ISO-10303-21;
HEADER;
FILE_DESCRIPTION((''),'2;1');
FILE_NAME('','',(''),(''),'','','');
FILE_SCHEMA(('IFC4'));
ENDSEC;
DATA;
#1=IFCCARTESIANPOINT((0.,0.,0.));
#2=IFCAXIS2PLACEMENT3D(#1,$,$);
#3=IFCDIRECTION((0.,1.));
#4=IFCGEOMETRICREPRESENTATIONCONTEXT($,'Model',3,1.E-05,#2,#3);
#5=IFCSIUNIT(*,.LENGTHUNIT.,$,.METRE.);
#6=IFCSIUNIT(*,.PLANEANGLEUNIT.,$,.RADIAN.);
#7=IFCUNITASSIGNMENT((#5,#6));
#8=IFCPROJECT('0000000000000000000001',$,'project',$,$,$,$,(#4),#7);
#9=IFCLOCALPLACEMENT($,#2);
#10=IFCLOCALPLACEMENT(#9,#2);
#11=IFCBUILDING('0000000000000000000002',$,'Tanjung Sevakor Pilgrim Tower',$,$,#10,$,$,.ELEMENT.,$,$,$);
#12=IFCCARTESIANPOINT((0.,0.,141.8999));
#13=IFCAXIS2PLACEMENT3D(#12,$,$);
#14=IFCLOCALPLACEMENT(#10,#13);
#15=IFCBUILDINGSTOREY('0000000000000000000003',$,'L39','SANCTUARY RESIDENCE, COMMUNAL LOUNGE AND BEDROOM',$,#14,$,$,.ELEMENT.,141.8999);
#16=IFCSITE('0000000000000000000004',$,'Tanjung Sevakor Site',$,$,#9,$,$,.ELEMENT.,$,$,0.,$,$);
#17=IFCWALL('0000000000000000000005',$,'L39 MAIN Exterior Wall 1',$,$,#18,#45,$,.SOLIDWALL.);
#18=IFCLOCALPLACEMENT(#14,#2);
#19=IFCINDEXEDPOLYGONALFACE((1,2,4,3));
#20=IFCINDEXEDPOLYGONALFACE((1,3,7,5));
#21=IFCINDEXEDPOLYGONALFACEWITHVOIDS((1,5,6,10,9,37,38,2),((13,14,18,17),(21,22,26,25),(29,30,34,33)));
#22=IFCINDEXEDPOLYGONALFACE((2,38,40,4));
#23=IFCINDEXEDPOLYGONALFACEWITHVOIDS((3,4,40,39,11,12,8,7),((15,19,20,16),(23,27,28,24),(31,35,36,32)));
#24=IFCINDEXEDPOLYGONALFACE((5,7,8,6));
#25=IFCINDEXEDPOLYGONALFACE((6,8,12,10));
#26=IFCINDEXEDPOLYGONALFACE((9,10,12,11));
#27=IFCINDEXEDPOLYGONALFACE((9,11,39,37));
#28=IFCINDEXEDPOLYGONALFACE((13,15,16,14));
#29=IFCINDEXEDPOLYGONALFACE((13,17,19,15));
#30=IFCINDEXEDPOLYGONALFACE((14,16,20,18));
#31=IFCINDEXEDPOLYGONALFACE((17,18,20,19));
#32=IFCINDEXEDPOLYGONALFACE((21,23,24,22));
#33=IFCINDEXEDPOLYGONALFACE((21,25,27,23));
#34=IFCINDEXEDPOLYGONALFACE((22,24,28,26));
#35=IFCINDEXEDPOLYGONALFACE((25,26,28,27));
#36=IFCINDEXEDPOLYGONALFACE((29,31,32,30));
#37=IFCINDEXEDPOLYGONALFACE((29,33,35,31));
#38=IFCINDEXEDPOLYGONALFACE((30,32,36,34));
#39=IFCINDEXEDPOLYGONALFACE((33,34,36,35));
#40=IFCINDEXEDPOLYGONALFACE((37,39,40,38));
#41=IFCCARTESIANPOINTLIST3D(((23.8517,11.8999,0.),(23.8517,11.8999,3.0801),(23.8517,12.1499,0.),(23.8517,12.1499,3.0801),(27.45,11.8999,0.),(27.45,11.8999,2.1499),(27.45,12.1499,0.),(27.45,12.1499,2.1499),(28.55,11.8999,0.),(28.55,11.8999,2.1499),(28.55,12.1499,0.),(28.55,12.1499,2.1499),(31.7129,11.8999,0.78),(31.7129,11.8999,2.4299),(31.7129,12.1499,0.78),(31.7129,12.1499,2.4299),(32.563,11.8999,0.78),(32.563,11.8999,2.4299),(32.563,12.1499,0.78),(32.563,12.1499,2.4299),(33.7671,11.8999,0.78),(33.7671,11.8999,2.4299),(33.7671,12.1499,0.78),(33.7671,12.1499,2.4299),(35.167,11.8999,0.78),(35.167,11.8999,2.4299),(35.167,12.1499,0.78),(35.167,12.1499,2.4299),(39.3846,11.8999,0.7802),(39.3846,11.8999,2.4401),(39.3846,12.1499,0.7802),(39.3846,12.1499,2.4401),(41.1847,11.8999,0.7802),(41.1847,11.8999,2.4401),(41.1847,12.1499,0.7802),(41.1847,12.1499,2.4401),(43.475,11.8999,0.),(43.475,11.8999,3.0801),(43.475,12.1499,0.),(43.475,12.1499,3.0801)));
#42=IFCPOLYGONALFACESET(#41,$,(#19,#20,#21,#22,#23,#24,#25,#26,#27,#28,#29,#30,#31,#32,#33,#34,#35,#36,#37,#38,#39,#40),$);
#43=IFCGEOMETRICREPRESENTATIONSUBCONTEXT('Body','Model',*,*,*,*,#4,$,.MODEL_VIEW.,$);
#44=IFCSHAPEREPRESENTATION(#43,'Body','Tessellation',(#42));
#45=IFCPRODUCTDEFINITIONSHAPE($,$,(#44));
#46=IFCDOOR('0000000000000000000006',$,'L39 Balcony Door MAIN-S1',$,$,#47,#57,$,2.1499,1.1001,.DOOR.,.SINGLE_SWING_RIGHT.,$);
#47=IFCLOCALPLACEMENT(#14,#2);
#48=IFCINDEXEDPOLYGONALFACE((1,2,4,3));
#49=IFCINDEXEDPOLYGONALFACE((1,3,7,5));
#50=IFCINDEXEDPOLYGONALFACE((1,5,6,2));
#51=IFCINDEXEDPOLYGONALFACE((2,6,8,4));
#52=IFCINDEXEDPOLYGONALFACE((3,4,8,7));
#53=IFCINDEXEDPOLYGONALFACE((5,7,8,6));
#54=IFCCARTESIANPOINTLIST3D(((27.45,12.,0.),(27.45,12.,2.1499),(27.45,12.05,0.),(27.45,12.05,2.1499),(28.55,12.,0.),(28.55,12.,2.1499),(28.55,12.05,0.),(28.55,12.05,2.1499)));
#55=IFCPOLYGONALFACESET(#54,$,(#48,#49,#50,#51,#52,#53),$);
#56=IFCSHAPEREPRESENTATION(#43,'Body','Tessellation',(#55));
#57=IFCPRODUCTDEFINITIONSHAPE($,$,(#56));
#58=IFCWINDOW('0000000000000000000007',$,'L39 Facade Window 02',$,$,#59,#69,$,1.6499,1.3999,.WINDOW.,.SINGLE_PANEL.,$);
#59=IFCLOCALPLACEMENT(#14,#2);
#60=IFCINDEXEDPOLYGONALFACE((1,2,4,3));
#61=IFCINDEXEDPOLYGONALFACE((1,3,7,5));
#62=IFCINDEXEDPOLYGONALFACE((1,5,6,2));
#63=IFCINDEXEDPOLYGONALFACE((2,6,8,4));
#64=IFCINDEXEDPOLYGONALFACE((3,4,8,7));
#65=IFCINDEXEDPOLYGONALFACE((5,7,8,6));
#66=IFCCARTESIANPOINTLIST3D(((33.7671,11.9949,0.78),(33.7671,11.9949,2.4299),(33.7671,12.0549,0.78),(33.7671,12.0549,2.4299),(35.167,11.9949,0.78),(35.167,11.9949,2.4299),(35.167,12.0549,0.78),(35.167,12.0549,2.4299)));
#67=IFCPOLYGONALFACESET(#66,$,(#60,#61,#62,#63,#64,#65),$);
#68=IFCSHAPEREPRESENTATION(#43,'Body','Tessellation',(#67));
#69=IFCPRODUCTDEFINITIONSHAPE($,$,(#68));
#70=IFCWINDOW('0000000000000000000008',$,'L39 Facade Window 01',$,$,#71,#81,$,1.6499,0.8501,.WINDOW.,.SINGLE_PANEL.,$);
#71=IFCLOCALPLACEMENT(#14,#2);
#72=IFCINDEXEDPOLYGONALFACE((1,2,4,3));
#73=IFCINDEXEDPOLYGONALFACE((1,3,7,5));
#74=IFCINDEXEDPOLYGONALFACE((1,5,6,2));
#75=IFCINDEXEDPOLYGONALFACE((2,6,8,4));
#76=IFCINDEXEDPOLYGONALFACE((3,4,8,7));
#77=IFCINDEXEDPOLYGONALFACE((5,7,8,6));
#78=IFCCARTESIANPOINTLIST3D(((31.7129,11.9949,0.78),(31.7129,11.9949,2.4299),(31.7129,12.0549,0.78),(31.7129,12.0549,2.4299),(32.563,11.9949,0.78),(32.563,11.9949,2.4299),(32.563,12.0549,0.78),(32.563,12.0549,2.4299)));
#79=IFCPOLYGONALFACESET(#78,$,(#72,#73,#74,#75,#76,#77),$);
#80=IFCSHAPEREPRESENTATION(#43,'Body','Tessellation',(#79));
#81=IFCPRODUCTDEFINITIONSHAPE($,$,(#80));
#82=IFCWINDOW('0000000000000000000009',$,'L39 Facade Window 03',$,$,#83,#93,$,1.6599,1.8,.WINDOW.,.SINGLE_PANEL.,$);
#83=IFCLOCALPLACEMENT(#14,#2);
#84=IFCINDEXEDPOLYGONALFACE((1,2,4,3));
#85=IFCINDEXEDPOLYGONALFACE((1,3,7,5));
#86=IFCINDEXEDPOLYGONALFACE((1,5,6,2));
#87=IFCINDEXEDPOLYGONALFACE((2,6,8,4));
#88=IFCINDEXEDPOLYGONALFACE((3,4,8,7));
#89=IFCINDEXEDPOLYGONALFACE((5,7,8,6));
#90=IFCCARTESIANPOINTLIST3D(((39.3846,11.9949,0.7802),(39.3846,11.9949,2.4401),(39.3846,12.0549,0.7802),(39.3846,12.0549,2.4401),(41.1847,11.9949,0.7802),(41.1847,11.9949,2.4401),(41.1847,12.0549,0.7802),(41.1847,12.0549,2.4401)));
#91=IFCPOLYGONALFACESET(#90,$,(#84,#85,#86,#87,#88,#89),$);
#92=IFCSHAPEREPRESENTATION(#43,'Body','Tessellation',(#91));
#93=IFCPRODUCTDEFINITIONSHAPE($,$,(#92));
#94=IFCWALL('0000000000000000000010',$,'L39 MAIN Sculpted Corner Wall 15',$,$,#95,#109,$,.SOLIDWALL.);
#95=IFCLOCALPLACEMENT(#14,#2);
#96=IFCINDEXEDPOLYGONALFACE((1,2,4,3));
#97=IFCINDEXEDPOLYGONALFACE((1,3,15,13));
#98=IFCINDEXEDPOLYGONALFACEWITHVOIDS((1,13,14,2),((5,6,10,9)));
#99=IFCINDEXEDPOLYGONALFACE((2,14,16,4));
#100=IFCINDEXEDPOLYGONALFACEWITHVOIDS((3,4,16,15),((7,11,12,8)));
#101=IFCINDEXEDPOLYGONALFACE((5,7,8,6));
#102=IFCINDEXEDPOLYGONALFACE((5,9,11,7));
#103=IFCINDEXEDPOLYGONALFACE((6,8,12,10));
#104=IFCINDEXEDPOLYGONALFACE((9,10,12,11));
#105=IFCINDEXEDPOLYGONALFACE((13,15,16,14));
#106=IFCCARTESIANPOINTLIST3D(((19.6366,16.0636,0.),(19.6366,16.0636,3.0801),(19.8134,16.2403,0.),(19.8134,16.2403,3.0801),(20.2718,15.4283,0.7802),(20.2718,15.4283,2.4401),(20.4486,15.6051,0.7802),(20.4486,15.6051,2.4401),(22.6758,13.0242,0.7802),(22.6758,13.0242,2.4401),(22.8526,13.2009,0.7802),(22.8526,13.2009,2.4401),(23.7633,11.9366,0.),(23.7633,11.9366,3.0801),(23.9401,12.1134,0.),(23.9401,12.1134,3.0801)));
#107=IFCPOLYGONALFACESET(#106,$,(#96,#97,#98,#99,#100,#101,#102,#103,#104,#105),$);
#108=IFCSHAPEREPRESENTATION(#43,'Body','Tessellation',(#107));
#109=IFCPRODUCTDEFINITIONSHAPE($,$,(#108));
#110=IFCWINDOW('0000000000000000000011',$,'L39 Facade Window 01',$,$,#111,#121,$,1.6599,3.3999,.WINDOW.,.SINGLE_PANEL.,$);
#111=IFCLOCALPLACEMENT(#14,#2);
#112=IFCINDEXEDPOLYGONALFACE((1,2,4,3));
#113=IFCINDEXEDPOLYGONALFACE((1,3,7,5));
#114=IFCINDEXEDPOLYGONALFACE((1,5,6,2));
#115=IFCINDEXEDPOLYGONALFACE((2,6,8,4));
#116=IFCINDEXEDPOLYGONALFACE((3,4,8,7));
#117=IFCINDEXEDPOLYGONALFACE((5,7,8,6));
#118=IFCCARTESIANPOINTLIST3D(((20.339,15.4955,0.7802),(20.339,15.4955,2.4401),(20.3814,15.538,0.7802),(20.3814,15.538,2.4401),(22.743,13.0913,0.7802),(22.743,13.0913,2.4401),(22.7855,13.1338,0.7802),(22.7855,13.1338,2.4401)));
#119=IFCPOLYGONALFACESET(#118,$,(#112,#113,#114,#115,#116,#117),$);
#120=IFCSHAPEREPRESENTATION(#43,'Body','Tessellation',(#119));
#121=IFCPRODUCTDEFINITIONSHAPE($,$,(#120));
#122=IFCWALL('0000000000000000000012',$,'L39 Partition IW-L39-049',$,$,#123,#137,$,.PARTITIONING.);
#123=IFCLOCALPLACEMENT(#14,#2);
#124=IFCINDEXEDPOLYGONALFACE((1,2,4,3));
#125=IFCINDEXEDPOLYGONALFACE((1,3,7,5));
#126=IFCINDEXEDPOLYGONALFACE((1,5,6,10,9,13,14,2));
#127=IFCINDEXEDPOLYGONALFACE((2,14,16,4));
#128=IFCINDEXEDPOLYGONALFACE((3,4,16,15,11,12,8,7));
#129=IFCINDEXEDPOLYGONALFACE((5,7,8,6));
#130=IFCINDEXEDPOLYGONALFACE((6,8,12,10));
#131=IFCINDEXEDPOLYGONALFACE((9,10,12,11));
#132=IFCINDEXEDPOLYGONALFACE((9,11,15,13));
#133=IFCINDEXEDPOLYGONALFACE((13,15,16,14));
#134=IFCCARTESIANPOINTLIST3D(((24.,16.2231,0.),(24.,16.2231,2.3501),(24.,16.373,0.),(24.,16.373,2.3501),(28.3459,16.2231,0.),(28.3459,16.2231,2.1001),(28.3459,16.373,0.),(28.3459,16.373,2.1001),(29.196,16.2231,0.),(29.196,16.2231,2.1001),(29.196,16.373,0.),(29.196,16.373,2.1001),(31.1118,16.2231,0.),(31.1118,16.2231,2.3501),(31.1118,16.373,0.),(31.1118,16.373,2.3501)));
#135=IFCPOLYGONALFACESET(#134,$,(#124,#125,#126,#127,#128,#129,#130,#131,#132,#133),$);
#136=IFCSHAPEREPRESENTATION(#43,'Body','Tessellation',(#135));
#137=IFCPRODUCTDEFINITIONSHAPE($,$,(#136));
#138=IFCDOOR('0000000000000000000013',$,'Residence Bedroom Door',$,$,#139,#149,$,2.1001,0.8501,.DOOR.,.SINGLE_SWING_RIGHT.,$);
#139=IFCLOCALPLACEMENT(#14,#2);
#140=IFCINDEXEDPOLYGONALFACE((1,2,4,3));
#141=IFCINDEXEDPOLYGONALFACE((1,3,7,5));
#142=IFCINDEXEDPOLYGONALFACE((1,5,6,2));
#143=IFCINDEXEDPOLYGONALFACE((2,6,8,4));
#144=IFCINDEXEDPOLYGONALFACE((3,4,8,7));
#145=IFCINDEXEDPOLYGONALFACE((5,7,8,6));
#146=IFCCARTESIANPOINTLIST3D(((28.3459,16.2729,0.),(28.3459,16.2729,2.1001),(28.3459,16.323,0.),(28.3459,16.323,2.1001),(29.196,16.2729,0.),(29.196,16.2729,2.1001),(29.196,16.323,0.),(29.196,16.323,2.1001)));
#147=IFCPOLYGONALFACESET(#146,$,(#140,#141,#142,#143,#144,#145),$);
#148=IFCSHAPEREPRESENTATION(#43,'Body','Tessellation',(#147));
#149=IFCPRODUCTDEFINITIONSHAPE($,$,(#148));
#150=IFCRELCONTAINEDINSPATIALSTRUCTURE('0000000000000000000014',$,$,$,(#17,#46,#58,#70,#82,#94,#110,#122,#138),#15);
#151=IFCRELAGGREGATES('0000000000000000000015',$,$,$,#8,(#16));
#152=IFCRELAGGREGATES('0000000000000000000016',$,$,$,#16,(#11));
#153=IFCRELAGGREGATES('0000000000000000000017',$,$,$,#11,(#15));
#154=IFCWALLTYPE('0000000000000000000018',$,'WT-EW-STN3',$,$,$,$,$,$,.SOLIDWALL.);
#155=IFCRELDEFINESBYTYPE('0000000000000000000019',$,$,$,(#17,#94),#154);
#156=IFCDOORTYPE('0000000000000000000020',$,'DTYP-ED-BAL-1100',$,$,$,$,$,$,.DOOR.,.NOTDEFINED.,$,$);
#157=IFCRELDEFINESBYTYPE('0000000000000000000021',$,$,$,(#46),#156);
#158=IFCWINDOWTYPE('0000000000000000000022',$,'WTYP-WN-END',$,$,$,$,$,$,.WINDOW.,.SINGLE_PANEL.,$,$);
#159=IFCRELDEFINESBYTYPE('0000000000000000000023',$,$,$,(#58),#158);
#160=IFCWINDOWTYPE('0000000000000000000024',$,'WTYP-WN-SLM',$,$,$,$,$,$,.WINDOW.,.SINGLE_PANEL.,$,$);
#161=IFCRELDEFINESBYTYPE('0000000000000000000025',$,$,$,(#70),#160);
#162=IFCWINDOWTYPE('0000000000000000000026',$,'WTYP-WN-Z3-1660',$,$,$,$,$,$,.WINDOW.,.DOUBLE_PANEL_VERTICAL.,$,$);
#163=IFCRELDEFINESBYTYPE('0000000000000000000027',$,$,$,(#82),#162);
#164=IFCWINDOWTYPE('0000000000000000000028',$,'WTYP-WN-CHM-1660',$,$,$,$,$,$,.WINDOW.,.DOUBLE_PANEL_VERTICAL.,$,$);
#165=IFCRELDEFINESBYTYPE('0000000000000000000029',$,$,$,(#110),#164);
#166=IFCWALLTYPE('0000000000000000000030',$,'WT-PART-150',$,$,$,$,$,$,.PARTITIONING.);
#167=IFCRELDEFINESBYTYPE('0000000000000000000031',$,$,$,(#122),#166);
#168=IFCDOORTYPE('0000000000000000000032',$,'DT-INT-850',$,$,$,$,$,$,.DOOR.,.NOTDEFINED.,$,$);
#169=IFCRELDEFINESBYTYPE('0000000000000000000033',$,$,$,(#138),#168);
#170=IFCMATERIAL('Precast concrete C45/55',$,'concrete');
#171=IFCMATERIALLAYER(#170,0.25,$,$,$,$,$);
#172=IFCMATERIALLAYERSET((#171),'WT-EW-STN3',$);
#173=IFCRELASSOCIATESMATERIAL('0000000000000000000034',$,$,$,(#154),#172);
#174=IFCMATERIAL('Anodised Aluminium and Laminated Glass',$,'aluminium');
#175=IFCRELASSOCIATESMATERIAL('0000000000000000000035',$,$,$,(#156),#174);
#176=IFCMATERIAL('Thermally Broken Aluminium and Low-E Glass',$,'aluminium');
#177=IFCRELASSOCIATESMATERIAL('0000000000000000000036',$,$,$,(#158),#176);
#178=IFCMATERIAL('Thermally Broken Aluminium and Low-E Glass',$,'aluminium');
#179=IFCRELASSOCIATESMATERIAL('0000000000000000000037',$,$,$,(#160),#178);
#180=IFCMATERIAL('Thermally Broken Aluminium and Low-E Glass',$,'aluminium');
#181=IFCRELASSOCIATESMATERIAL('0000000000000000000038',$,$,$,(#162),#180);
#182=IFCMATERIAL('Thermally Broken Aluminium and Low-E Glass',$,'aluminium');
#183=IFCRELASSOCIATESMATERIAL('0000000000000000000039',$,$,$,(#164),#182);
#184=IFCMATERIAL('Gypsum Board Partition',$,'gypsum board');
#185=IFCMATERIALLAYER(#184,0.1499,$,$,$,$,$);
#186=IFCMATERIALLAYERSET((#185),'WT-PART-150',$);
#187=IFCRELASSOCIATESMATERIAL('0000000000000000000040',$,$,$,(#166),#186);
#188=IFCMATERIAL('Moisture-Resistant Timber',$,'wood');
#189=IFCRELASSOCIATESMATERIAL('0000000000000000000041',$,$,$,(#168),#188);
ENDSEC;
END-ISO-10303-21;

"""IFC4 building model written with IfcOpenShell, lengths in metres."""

from ifc_helpers import new_model, si_unit, direction, frame, frame_2d, origin, place, context, subcontext, project, spatial, rectangle, extrude, material, layer, layer_set, type_object, element, fill, save


model = new_model("IFC4")

# Units and contexts
model_context = context("Model", 3, precision=1e-05, world=origin(), true_north=direction((0.0, 1.0)))
body_context = subcontext(model_context, "Body", "Model", "MODEL_VIEW")
ifc_project = project(units=[si_unit("LENGTHUNIT", "METRE"), si_unit("PLANEANGLEUNIT", "RADIAN")], contexts=[model_context])

# Site, building, storey
site_placement = place(None, origin())
site = spatial("IfcSite", under=ifc_project, at=site_placement, Name="Tanjung Sevakor Site", CompositionType="ELEMENT", RefElevation=0.0)
building_placement = place(site_placement, origin())
building = spatial("IfcBuilding", under=site, at=building_placement, Name="Tanjung Sevakor Pilgrim Tower", CompositionType="ELEMENT")
storey_placement = place(building_placement, frame((0.0, 0.0, 141.8999)))
storey = spatial("IfcBuildingStorey", under=building, at=storey_placement, Name="L39", Description="SANCTUARY RESIDENCE, COMMUNAL LOUNGE AND BEDROOM", CompositionType="ELEMENT", Elevation=141.8999)

# Wall, openings, door, windows
ifc_material_1 = material(Name="Precast concrete C45/55", Category="concrete")
ifc_layer_1 = layer(ifc_material_1, 0.25)
ifc_layer_set_1 = layer_set([ifc_layer_1], Name="WT-EW-STN3")
wall_type_1 = type_object("IfcWallType", Name="WT-EW-STN3", PredefinedType="SOLIDWALL", material=ifc_layer_set_1)
wall_1_placement = place(storey_placement, frame((23.8518, 12.0249, 0.0), z_axis=(0.0, 0.0, 1.0), x_axis=(1.0, 0.0, 0.0)))
wall_1 = element("IfcWall", 1, at=wall_1_placement, inside=storey, type_object=wall_type_1, Name="L39 MAIN Exterior Wall 1", PredefinedType="SOLIDWALL", context=body_context, shape_type="SweptSolid", body=[
    extrude(rectangle(XDim=19.6233, YDim=0.25, at=frame_2d((9.8115, 0.0))), origin(), (0.0, 0.0, 1.0), 3.0801),
])
opening_1_placement = place(wall_1_placement, frame((3.5981, 0.0, 0.0)))
opening_1 = element("IfcOpeningElement", 2, at=opening_1_placement, cuts=wall_1, PredefinedType="OPENING", context=body_context, shape_type="SweptSolid", body=[
    extrude(rectangle(XDim=1.1001, YDim=2.1499, at=frame_2d((0.55, 1.075))), frame((0.0, 0.135, 0.0), z_axis=(0.0, -1.0, 0.0), x_axis=(1.0, 0.0, 0.0)), (0.0, 0.0, 1.0), 0.27),
])
opening_2_placement = place(wall_1_placement, frame((7.8611, 0.0, 0.78)))
opening_2 = element("IfcOpeningElement", 3, at=opening_2_placement, cuts=wall_1, PredefinedType="OPENING", context=body_context, shape_type="SweptSolid", body=[
    extrude(rectangle(XDim=0.8501, YDim=1.6499, at=frame_2d((0.425, 0.825))), frame((0.0, 0.135, 0.0), z_axis=(0.0, -1.0, 0.0), x_axis=(1.0, 0.0, 0.0)), (0.0, 0.0, 1.0), 0.27),
])
opening_3_placement = place(wall_1_placement, frame((9.9153, 0.0, 0.78)))
opening_3 = element("IfcOpeningElement", 4, at=opening_3_placement, cuts=wall_1, PredefinedType="OPENING", context=body_context, shape_type="SweptSolid", body=[
    extrude(rectangle(XDim=1.3999, YDim=1.6499, at=frame_2d((0.7, 0.825))), frame((0.0, 0.135, 0.0), z_axis=(0.0, -1.0, 0.0), x_axis=(1.0, 0.0, 0.0)), (0.0, 0.0, 1.0), 0.27),
])
opening_4_placement = place(wall_1_placement, frame((15.533, 0.0, 0.78)))
opening_4 = element("IfcOpeningElement", 5, at=opening_4_placement, cuts=wall_1, PredefinedType="OPENING", context=body_context, shape_type="SweptSolid", body=[
    extrude(rectangle(XDim=1.8, YDim=1.6599, at=frame_2d((0.8999, 0.8301))), frame((0.0, 0.135, 0.0), z_axis=(0.0, -1.0, 0.0), x_axis=(1.0, 0.0, 0.0)), (0.0, 0.0, 1.0), 0.27),
])
ifc_material_2 = material(Name="Anodised Aluminium and Laminated Glass", Category="aluminium")
door_type_1 = type_object("IfcDoorType", Name="DTYP-ED-BAL-1100", OperationType="NOTDEFINED", PredefinedType="DOOR", material=ifc_material_2)
door_1_placement = place(opening_1_placement, frame((1.1001, 0.0, 0.0), z_axis=(0.0, 0.0, 1.0), x_axis=(-1.0, 0.0, 0.0)))
door_1 = element("IfcDoor", 6, at=door_1_placement, inside=storey, type_object=door_type_1, Name="L39 Balcony Door MAIN-S1", OperationType="SINGLE_SWING_RIGHT", OverallHeight=2.1499, OverallWidth=1.1001, PredefinedType="DOOR", context=body_context, shape_type="SweptSolid", body=[
    extrude(rectangle(XDim=1.1001, YDim=2.1499, at=frame_2d((0.55, 1.075))), frame((0.0, 0.0249, 0.0), z_axis=(0.0, -1.0, 0.0), x_axis=(1.0, 0.0, 0.0)), (0.0, 0.0, 1.0), 0.05),
])
fill(opening_1, door_1)
ifc_material_3 = material(Name="Thermally Broken Aluminium and Low-E Glass", Category="aluminium")
window_type_1 = type_object("IfcWindowType", Name="WTYP-WN-END", PartitioningType="SINGLE_PANEL", PredefinedType="WINDOW", material=ifc_material_3)
window_1_placement = place(opening_3_placement, origin())
window_1 = element("IfcWindow", 7, at=window_1_placement, inside=storey, type_object=window_type_1, Name="L39 Facade Window 02", OverallHeight=1.6499, OverallWidth=1.3999, PartitioningType="SINGLE_PANEL", PredefinedType="WINDOW", context=body_context, shape_type="SweptSolid", body=[
    extrude(rectangle(XDim=1.3999, YDim=1.6499, at=frame_2d((0.7, 0.825))), frame((0.0, 0.03, 0.0), z_axis=(0.0, -1.0, 0.0), x_axis=(1.0, 0.0, 0.0)), (0.0, 0.0, 1.0), 0.0601),
])
fill(opening_3, window_1)
ifc_material_4 = material(Name="Thermally Broken Aluminium and Low-E Glass", Category="aluminium")
window_type_2 = type_object("IfcWindowType", Name="WTYP-WN-SLM", PartitioningType="SINGLE_PANEL", PredefinedType="WINDOW", material=ifc_material_4)
window_2_placement = place(opening_2_placement, origin())
window_2 = element("IfcWindow", 8, at=window_2_placement, inside=storey, type_object=window_type_2, Name="L39 Facade Window 01", OverallHeight=1.6499, OverallWidth=0.8501, PartitioningType="SINGLE_PANEL", PredefinedType="WINDOW", context=body_context, shape_type="SweptSolid", body=[
    extrude(rectangle(XDim=0.8501, YDim=1.6499, at=frame_2d((0.425, 0.825))), frame((0.0, 0.03, 0.0), z_axis=(0.0, -1.0, 0.0), x_axis=(1.0, 0.0, 0.0)), (0.0, 0.0, 1.0), 0.0601),
])
fill(opening_2, window_2)
ifc_material_5 = material(Name="Thermally Broken Aluminium and Low-E Glass", Category="aluminium")
window_type_3 = type_object("IfcWindowType", Name="WTYP-WN-Z3-1660", PartitioningType="DOUBLE_PANEL_VERTICAL", PredefinedType="WINDOW", material=ifc_material_5)
window_3_placement = place(opening_4_placement, origin())
window_3 = element("IfcWindow", 9, at=window_3_placement, inside=storey, type_object=window_type_3, Name="L39 Facade Window 03", OverallHeight=1.6599, OverallWidth=1.8, PartitioningType="SINGLE_PANEL", PredefinedType="WINDOW", context=body_context, shape_type="SweptSolid", body=[
    extrude(rectangle(XDim=1.8, YDim=1.6599, at=frame_2d((0.8999, 0.8301))), frame((0.0, 0.03, 0.0), z_axis=(0.0, -1.0, 0.0), x_axis=(1.0, 0.0, 0.0)), (0.0, 0.0, 1.0), 0.0601),
])
fill(opening_4, window_3)

# Wall, opening, window
wall_2_placement = place(storey_placement, frame((19.7251, 16.1519, 0.0), z_axis=(0.0, 0.0, 1.0), x_axis=(0.707086, -0.707128, 0.0)))
wall_2 = element("IfcWall", 10, at=wall_2_placement, inside=storey, type_object=wall_type_1, Name="L39 MAIN Sculpted Corner Wall 15", PredefinedType="SOLIDWALL", context=body_context, shape_type="SweptSolid", body=[
    extrude(rectangle(XDim=5.8362, YDim=0.25, at=frame_2d((2.918, 0.0))), origin(), (0.0, 0.0, 1.0), 3.0801),
])
opening_5_placement = place(wall_2_placement, frame((0.8982, 0.0, 0.78)))
opening_5 = element("IfcOpeningElement", 11, at=opening_5_placement, cuts=wall_2, PredefinedType="OPENING", context=body_context, shape_type="SweptSolid", body=[
    extrude(rectangle(XDim=3.3999, YDim=1.6599, at=frame_2d((1.7, 0.8301))), frame((0.0, 0.135, 0.0), z_axis=(0.0, -1.0, 0.0), x_axis=(1.0, 0.0, 0.0)), (0.0, 0.0, 1.0), 0.27),
])
ifc_material_6 = material(Name="Thermally Broken Aluminium and Low-E Glass", Category="aluminium")
window_type_4 = type_object("IfcWindowType", Name="WTYP-WN-CHM-1660", PartitioningType="DOUBLE_PANEL_VERTICAL", PredefinedType="WINDOW", material=ifc_material_6)
window_4_placement = place(opening_5_placement, origin())
window_4 = element("IfcWindow", 12, at=window_4_placement, inside=storey, type_object=window_type_4, Name="L39 Facade Window 01", OverallHeight=1.6599, OverallWidth=3.3999, PartitioningType="SINGLE_PANEL", PredefinedType="WINDOW", context=body_context, shape_type="SweptSolid", body=[
    extrude(rectangle(XDim=3.3999, YDim=1.6599, at=frame_2d((1.7, 0.8301))), frame((0.0, 0.03, 0.0), z_axis=(0.0, -1.0, 0.0), x_axis=(1.0, 0.0, 0.0)), (0.0, 0.0, 1.0), 0.0601),
])
fill(opening_5, window_4)

# Wall, opening, door
ifc_material_7 = material(Name="Gypsum Board Partition", Category="gypsum board")
ifc_layer_2 = layer(ifc_material_7, 0.1499)
ifc_layer_set_2 = layer_set([ifc_layer_2], Name="WT-PART-150")
wall_type_2 = type_object("IfcWallType", Name="WT-PART-150", PredefinedType="PARTITIONING", material=ifc_layer_set_2)
wall_3_placement = place(storey_placement, frame((24.0, 16.2981, 0.0), z_axis=(0.0, 0.0, 1.0), x_axis=(1.0, 0.0, 0.0)))
wall_3 = element("IfcWall", 13, at=wall_3_placement, inside=storey, type_object=wall_type_2, Name="L39 Partition IW-L39-049", PredefinedType="PARTITIONING", context=body_context, shape_type="SweptSolid", body=[
    extrude(rectangle(XDim=7.1118, YDim=0.1499, at=frame_2d((3.5559, 0.0))), origin(), (0.0, 0.0, 1.0), 2.3501),
])
opening_6_placement = place(wall_3_placement, frame((4.3459, 0.0, 0.0)))
opening_6 = element("IfcOpeningElement", 14, at=opening_6_placement, cuts=wall_3, PredefinedType="OPENING", context=body_context, shape_type="SweptSolid", body=[
    extrude(rectangle(XDim=0.8501, YDim=2.1001, at=frame_2d((0.425, 1.05))), frame((0.0, 0.085, 0.0), z_axis=(0.0, -1.0, 0.0), x_axis=(1.0, 0.0, 0.0)), (0.0, 0.0, 1.0), 0.1699),
])
ifc_material_8 = material(Name="Moisture-Resistant Timber", Category="wood")
door_type_2 = type_object("IfcDoorType", Name="DT-INT-850", OperationType="NOTDEFINED", PredefinedType="DOOR", material=ifc_material_8)
door_2_placement = place(opening_6_placement, origin())
door_2 = element("IfcDoor", 15, at=door_2_placement, inside=storey, type_object=door_type_2, Name="Residence Bedroom Door", OperationType="SINGLE_SWING_RIGHT", OverallHeight=2.1001, OverallWidth=0.8501, PredefinedType="DOOR", context=body_context, shape_type="SweptSolid", body=[
    extrude(rectangle(XDim=0.8501, YDim=2.1001, at=frame_2d((0.425, 1.05))), frame((0.0, 0.0249, 0.0), z_axis=(0.0, -1.0, 0.0), x_axis=(1.0, 0.0, 0.0)), (0.0, 0.0, 1.0), 0.05),
])
fill(opening_6, door_2)

save(model, "model.ifc")
